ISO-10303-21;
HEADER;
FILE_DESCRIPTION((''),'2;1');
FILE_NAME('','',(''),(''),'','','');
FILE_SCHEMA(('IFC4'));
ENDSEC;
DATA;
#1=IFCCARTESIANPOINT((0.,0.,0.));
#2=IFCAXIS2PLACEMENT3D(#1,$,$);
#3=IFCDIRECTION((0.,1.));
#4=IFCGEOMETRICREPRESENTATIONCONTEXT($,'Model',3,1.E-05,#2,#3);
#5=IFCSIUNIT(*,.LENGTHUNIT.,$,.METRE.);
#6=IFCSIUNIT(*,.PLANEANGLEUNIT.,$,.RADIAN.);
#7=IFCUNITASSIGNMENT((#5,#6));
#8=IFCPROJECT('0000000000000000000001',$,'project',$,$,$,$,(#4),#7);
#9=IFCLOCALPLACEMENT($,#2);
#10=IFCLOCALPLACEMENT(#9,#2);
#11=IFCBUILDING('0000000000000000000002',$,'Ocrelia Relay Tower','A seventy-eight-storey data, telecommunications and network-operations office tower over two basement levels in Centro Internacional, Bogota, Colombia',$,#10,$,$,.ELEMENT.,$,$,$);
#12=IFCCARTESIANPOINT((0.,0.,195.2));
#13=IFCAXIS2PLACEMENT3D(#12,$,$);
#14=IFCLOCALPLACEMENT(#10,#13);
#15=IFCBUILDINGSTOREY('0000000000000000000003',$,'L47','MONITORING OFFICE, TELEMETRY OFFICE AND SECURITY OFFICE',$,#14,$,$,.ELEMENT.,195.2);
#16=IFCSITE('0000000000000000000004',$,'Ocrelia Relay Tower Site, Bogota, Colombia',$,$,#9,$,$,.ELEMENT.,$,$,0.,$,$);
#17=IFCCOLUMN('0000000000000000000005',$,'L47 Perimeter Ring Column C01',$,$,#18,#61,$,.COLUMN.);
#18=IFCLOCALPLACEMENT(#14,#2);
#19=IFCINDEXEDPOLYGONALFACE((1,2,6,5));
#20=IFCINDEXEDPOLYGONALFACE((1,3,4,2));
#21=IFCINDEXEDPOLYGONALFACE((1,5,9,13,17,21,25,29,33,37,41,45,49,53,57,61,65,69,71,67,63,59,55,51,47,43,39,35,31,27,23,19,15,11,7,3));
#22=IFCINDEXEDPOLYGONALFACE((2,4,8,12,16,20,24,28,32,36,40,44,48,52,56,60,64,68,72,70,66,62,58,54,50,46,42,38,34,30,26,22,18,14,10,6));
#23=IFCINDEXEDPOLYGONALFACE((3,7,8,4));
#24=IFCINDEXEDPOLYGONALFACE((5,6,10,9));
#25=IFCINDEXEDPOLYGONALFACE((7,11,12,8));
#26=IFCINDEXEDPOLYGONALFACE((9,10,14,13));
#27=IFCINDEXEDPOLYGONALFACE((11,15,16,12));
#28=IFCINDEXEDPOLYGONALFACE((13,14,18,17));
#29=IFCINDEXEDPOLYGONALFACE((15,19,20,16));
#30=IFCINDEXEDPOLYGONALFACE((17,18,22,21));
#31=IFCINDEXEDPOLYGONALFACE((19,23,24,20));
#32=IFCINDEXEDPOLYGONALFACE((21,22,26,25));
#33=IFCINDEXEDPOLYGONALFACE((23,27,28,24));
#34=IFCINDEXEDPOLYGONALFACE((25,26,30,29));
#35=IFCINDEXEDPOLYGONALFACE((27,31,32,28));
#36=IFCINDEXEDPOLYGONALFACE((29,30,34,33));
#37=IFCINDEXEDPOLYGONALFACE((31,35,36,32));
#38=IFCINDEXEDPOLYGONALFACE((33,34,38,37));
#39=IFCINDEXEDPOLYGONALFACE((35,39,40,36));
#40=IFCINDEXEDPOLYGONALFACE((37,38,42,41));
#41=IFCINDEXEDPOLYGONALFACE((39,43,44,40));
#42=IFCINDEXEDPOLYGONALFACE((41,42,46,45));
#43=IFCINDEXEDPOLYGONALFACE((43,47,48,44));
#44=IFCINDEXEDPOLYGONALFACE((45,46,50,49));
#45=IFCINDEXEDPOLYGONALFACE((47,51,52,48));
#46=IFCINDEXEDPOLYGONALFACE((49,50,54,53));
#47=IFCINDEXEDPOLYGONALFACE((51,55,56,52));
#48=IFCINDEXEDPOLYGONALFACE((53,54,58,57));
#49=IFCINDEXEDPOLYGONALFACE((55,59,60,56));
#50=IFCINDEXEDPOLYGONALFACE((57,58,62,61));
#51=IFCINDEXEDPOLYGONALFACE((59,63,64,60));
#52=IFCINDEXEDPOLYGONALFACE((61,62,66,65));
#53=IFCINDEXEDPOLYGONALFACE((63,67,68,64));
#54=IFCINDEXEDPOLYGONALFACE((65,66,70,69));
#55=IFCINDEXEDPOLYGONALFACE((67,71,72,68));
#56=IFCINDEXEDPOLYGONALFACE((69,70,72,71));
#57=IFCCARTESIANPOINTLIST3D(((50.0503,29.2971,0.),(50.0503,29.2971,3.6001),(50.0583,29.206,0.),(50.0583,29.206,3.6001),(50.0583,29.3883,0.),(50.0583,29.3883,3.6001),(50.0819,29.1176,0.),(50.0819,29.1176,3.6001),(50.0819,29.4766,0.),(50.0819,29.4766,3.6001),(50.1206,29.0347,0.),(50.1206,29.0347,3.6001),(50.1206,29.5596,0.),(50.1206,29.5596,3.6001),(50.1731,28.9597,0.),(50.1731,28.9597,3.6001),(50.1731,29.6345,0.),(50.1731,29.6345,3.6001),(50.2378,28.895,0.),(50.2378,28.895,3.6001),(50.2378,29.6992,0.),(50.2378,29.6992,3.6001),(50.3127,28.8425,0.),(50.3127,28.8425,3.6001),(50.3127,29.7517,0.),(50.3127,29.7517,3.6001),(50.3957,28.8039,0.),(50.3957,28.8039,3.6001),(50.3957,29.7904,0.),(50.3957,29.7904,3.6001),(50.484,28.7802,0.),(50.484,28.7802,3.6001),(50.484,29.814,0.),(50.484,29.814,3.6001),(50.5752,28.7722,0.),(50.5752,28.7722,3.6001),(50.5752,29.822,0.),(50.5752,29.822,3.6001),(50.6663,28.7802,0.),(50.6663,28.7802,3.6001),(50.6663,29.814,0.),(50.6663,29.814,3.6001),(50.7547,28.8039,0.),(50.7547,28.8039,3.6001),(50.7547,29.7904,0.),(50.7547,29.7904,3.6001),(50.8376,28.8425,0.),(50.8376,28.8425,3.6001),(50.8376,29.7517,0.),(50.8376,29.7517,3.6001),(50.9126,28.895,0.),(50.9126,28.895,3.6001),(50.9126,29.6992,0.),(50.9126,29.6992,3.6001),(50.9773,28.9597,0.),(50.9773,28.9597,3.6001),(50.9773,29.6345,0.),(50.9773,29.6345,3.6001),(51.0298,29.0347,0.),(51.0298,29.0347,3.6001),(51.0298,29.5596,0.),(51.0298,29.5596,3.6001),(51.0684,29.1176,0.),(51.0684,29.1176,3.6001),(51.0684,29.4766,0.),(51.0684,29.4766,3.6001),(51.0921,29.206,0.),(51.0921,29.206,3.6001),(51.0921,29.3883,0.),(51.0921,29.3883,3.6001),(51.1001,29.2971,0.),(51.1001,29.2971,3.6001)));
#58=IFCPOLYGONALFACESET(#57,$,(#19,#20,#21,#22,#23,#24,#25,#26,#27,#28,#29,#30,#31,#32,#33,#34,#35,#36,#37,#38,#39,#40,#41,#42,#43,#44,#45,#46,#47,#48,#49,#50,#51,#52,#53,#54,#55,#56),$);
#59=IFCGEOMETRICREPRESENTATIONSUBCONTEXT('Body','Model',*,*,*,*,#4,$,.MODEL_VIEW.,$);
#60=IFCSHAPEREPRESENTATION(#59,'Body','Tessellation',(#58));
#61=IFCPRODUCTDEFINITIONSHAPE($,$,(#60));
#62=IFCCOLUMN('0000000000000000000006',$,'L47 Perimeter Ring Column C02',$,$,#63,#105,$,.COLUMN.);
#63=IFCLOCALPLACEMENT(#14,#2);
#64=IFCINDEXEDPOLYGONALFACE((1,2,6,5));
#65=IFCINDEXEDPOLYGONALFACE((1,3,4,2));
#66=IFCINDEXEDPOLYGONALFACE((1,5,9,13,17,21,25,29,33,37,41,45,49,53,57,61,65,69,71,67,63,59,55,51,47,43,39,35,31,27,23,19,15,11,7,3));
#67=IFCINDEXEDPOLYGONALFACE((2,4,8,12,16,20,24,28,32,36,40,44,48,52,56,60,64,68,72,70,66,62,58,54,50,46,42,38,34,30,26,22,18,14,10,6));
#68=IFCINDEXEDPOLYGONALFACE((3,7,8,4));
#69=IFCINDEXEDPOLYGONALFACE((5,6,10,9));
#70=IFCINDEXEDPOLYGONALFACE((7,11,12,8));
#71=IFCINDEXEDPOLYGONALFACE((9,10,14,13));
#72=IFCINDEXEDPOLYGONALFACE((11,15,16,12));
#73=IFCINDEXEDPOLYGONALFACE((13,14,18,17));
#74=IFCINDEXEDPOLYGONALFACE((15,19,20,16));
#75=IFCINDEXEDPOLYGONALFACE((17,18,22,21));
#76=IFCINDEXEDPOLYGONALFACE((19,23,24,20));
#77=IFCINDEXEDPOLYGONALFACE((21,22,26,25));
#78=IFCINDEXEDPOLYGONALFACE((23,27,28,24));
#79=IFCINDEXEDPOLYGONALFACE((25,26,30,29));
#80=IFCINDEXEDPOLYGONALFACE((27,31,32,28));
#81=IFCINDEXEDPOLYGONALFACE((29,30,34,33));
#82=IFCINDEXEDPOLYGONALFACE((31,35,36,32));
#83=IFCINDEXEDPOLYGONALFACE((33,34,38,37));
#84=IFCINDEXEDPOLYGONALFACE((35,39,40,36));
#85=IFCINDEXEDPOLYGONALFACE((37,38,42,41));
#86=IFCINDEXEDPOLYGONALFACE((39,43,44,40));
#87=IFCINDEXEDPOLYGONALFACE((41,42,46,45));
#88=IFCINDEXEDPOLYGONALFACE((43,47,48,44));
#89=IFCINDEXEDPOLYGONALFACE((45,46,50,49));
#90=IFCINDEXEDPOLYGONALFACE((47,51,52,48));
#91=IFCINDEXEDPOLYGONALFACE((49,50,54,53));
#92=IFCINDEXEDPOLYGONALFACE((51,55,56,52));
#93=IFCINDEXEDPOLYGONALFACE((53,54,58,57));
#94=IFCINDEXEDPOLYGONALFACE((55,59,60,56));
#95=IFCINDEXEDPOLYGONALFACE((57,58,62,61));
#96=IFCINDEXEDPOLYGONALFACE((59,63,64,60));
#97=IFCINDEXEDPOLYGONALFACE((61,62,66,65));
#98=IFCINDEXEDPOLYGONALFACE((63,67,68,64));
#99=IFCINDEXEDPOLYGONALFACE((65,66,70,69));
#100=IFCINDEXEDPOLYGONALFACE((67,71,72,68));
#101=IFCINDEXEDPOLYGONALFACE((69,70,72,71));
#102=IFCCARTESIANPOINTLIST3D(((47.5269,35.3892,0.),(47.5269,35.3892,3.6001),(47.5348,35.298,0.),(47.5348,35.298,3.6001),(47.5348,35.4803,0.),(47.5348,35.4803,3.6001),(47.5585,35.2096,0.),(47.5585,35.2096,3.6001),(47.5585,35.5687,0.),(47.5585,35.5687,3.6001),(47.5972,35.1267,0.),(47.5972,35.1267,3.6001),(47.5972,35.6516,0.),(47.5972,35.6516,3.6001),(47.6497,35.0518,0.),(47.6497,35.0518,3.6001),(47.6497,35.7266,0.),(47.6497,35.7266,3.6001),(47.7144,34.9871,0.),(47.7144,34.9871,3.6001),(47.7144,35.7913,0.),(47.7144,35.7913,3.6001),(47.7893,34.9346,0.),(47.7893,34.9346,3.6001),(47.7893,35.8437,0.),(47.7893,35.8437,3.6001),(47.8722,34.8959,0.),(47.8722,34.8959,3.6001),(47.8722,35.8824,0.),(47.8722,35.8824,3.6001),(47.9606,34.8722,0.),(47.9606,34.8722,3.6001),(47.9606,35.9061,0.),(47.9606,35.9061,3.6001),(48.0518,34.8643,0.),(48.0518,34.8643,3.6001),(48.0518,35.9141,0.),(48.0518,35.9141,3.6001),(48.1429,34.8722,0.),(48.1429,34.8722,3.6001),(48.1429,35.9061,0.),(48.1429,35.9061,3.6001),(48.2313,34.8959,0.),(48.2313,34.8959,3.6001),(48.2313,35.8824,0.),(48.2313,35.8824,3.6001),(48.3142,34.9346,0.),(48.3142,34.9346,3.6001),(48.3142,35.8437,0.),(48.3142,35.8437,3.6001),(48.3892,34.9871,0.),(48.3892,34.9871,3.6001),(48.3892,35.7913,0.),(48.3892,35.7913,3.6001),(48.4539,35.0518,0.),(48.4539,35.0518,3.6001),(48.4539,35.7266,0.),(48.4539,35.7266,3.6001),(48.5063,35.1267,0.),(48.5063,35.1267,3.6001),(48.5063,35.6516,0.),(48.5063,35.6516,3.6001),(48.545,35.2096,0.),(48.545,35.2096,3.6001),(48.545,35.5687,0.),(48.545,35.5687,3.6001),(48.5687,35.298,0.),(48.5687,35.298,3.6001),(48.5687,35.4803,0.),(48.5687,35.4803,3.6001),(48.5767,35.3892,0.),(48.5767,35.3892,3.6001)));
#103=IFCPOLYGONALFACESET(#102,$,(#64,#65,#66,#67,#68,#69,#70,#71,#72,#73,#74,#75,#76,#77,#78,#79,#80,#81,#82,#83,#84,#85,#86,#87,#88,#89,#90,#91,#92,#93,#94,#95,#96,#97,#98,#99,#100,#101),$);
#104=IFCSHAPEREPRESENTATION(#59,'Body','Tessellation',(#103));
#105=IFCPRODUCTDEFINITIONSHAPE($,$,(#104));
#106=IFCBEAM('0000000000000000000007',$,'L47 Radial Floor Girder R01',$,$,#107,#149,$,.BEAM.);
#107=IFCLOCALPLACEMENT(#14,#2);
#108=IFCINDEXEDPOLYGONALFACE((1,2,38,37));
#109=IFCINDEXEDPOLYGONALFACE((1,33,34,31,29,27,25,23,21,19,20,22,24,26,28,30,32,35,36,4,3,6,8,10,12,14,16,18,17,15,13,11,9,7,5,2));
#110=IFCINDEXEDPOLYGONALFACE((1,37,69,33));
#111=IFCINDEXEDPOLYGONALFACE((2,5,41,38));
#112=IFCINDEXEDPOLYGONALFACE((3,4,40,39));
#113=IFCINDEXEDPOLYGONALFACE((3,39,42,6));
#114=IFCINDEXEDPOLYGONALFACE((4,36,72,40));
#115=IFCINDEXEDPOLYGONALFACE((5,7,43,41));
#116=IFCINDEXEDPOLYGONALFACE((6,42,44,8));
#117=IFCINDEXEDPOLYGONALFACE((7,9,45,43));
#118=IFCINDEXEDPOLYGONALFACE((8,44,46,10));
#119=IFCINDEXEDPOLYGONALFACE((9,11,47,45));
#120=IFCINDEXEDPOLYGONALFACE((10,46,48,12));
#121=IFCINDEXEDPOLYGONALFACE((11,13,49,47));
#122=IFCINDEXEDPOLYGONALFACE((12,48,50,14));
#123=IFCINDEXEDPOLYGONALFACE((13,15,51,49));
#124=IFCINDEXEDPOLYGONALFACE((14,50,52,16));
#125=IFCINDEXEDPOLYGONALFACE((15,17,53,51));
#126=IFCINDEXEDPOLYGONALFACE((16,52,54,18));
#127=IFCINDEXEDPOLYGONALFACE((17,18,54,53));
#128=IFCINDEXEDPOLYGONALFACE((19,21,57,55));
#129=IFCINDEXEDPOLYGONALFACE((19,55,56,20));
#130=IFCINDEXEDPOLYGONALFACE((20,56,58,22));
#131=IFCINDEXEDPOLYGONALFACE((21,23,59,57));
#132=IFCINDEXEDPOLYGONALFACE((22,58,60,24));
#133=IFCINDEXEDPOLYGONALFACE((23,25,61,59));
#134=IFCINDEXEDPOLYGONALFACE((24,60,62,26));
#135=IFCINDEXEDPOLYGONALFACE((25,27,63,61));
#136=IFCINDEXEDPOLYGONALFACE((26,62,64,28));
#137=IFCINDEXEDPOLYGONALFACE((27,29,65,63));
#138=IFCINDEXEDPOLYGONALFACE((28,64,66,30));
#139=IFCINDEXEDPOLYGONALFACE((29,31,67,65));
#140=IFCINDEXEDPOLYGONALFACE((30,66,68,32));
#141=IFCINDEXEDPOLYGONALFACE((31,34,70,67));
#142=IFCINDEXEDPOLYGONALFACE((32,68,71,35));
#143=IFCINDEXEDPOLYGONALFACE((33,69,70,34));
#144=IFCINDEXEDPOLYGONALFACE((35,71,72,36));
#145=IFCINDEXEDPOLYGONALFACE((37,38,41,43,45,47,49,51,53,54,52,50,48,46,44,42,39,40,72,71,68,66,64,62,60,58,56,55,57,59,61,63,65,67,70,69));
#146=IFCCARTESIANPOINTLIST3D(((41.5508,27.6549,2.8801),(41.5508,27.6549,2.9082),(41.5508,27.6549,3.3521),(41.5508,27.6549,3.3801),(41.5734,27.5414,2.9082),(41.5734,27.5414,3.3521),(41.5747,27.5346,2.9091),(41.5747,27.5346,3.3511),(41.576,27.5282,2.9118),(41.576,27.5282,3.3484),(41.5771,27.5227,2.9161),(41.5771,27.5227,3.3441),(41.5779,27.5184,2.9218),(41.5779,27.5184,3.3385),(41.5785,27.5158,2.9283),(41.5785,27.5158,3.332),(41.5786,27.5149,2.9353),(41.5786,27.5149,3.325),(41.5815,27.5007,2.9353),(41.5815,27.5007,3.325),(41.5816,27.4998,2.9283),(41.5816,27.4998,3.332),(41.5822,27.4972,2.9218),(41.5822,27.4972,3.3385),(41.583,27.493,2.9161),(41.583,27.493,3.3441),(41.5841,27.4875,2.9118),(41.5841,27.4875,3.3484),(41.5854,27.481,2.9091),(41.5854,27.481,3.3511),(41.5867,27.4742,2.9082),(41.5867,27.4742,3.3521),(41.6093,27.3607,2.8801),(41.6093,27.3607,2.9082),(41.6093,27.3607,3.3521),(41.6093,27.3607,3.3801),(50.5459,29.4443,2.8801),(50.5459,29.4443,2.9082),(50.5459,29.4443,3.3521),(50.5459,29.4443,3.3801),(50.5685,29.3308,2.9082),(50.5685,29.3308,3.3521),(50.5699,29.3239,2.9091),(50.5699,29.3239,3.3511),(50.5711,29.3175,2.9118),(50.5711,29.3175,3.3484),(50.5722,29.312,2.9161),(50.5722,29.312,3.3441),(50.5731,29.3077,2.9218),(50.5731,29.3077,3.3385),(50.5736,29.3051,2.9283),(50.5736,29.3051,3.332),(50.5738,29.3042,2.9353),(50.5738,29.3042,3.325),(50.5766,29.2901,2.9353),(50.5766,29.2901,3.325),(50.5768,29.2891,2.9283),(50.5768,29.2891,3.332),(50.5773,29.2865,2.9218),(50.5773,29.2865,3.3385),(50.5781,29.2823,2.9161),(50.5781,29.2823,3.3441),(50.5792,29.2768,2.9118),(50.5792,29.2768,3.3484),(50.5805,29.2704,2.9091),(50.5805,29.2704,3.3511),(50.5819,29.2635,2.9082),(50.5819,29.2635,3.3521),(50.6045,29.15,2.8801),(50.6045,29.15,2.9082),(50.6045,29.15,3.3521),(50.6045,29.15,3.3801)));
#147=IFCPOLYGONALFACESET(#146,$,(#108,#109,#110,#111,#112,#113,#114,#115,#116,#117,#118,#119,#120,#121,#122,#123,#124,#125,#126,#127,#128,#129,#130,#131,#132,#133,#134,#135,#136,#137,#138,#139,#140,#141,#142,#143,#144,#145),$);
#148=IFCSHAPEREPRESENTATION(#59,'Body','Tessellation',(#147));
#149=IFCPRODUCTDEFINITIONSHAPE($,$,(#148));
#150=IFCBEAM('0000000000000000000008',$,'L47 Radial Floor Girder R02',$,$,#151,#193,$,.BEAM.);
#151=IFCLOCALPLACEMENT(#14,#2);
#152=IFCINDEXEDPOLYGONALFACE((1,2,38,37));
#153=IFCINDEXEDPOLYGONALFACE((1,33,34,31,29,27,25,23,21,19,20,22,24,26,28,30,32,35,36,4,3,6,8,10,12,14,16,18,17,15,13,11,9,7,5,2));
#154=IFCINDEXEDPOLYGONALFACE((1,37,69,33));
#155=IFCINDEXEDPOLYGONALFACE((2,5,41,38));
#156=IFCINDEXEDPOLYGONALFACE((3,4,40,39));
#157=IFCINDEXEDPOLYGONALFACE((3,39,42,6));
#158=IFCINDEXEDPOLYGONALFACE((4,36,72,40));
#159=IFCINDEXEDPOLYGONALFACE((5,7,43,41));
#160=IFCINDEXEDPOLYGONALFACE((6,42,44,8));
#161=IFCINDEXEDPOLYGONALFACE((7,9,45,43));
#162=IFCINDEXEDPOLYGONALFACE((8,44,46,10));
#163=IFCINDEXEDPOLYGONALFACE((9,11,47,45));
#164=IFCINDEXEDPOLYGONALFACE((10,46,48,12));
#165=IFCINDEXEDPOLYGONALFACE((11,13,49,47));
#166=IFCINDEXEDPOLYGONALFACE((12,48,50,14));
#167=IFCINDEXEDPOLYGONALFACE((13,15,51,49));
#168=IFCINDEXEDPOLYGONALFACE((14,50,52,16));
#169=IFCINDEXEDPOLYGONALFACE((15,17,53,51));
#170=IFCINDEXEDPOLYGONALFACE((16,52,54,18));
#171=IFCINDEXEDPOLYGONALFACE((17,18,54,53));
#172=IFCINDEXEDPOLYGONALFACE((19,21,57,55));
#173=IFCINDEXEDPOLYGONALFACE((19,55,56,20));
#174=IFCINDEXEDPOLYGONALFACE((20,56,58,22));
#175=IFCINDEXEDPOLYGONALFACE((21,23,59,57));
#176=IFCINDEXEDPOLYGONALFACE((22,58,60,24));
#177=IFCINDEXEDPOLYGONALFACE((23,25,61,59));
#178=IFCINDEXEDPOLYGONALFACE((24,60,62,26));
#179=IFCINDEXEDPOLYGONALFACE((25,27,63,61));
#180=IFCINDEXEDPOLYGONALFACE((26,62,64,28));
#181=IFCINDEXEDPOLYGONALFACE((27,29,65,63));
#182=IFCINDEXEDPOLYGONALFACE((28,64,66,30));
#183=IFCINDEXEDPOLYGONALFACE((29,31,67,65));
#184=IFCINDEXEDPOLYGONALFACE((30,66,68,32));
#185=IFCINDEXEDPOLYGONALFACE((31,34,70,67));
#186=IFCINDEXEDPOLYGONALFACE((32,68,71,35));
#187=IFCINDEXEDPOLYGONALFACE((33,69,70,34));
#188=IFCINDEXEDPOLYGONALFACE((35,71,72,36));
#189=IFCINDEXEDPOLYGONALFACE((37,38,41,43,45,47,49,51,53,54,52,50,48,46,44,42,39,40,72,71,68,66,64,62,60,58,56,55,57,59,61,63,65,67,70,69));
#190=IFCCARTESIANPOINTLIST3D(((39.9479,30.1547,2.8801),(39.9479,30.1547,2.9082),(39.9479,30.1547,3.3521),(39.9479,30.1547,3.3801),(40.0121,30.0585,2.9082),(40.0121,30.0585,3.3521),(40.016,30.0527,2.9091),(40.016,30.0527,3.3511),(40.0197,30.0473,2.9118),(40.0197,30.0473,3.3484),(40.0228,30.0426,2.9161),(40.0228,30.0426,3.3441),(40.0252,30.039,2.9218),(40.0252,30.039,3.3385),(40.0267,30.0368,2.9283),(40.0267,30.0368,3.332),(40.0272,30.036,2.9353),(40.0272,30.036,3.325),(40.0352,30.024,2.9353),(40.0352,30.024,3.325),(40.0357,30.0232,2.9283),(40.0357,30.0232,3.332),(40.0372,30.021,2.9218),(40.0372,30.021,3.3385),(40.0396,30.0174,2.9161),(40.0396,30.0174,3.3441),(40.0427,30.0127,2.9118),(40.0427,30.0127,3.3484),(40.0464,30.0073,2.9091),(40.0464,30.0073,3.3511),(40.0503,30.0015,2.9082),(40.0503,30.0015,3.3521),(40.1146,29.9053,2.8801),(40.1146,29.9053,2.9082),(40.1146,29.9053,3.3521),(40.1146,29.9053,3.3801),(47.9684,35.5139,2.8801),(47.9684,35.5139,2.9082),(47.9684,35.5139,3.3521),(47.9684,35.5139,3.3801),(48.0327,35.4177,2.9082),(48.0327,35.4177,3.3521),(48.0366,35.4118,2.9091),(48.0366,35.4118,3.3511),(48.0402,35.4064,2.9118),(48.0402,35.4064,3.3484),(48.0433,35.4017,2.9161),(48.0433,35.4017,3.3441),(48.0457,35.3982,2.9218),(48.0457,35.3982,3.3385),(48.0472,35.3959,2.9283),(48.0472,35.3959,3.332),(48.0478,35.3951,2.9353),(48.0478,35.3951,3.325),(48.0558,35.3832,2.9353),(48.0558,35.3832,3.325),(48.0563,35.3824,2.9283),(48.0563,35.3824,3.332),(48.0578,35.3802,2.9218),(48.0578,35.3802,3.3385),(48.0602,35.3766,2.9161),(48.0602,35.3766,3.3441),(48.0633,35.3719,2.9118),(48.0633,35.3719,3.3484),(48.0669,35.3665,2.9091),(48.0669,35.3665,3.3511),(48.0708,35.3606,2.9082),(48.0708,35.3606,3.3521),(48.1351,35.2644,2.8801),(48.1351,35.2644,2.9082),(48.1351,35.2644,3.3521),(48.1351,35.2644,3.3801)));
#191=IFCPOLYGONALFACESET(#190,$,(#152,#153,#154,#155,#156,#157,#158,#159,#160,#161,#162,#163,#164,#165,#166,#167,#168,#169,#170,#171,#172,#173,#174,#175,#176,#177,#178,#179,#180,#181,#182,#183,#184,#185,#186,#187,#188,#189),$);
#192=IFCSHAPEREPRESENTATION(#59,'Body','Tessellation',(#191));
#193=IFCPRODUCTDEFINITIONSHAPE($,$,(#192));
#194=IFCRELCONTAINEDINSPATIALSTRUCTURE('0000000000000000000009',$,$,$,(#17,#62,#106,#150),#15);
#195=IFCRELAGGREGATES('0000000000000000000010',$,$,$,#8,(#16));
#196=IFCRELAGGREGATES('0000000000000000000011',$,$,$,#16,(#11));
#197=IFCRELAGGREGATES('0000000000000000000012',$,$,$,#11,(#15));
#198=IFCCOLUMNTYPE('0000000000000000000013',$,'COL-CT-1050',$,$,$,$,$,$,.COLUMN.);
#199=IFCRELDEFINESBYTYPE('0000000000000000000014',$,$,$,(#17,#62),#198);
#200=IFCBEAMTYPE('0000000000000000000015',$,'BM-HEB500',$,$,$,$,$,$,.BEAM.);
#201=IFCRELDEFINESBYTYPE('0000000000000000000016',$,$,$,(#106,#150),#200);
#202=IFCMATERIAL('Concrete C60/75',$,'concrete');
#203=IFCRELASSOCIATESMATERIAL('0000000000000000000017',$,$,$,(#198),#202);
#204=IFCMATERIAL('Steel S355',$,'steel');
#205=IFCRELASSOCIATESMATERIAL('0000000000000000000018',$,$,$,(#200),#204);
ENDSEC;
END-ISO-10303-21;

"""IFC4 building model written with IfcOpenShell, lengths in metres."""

from ifc_helpers import new_model, si_unit, direction, frame, origin, origin_2d, place, context, subcontext, project, spatial, circle, i_section, extrude, material, material_profile, profile_set, type_object, element, save


model = new_model("IFC4")

# Units and contexts
model_context = context("Model", 3, precision=1e-05, world=origin(), true_north=direction((0.0, 1.0)))
body_context = subcontext(model_context, "Body", "Model", "MODEL_VIEW")
ifc_project = project(units=[si_unit("LENGTHUNIT", "METRE"), si_unit("PLANEANGLEUNIT", "RADIAN")], contexts=[model_context])

# Site, building, storey
site_placement = place(None, origin())
site = spatial("IfcSite", under=ifc_project, at=site_placement, Name="Ocrelia Relay Tower Site, Bogota, Colombia", CompositionType="ELEMENT", RefElevation=0.0)
building_placement = place(site_placement, origin())
building = spatial("IfcBuilding", under=site, at=building_placement, Name="Ocrelia Relay Tower", Description="A seventy-eight-storey data, telecommunications and network-operations office tower over two basement levels in Centro Internacional, Bogota, Colombia", CompositionType="ELEMENT")
storey_placement = place(building_placement, frame((0.0, 0.0, 195.2)))
storey = spatial("IfcBuildingStorey", under=building, at=storey_placement, Name="L47", Description="MONITORING OFFICE, TELEMETRY OFFICE AND SECURITY OFFICE", CompositionType="ELEMENT", Elevation=195.2)

# Columns
ifc_material_1 = material(Name="Concrete C60/75", Category="concrete")
ifc_material_profile_1 = material_profile(ifc_material_1, circle(Radius=0.5249, at=origin_2d()), Name="RC-CIR-1050")
ifc_profile_set_1 = profile_set([ifc_material_profile_1], Name="Concrete C60/75")
column_type = type_object("IfcColumnType", Name="COL-CT-1050", PredefinedType="COLUMN", material=ifc_profile_set_1)
for number, where, z_axis, x_axis, name in (
    (1, (50.5752, 29.2971, 0.0), (0.0, 0.0, 1.0), (1.0, 0.0, 0.0), "L47 Perimeter Ring Column C01"),
    (2, (48.0518, 35.3892, 0.0), (0.0, 0.0, 1.0), (1.0, 0.0, 0.0), "L47 Perimeter Ring Column C02"),
):
    element("IfcColumn", number, at=place(storey_placement, frame(where, z_axis=z_axis, x_axis=x_axis)), inside=storey, type_object=column_type, Name=name, PredefinedType="COLUMN", context=body_context, shape_type="SweptSolid", body=[
        extrude(circle(Radius=0.5249, at=origin_2d()), origin(), (0.0, 0.0, 1.0), 3.6001),
    ])

# Beams
ifc_material_2 = material(Name="Steel S355", Category="steel")
ifc_material_profile_2 = material_profile(ifc_material_2, i_section(OverallWidth=0.3, OverallDepth=0.5, WebThickness=0.0144, FlangeThickness=0.0281, FilletRadius=0.0271, at=origin_2d()), Name="HEB 500")
ifc_profile_set_2 = profile_set([ifc_material_profile_2], Name="Steel S355")
beam_type_1 = type_object("IfcBeamType", Name="BM-HEB500", PredefinedType="BEAM", material=ifc_profile_set_2)
beam_1_placement = place(storey_placement, frame((50.5752, 29.2971, 3.1301), z_axis=(-0.980784, -0.195097, 0.0), x_axis=(0.195097, -0.980784, 0.0)))
element("IfcBeam", 3, at=beam_1_placement, inside=storey, type_object=beam_type_1, Name="L47 Radial Floor Girder R01", PredefinedType="BEAM", context=body_context, shape_type="SweptSolid", body=[
    extrude(i_section(OverallWidth=0.3, OverallDepth=0.5, WebThickness=0.0144, FlangeThickness=0.0281, FilletRadius=0.0271, at=origin_2d()), origin(), (0.0, 0.0, 1.0), 9.1714),
])
beam_2_placement = place(storey_placement, frame((48.0518, 35.3892, 3.1301), z_axis=(-0.83147, -0.55557, 0.0), x_axis=(0.55557, -0.83147, 0.0)))
element("IfcBeam", 4, at=beam_2_placement, inside=storey, type_object=beam_type_1, Name="L47 Radial Floor Girder R02", PredefinedType="BEAM", context=body_context, shape_type="SweptSolid", body=[
    extrude(i_section(OverallWidth=0.3, OverallDepth=0.5, WebThickness=0.0144, FlangeThickness=0.0281, FilletRadius=0.0271, at=origin_2d()), origin(), (0.0, 0.0, 1.0), 9.6462),
])

save(model, "model.ifc")
